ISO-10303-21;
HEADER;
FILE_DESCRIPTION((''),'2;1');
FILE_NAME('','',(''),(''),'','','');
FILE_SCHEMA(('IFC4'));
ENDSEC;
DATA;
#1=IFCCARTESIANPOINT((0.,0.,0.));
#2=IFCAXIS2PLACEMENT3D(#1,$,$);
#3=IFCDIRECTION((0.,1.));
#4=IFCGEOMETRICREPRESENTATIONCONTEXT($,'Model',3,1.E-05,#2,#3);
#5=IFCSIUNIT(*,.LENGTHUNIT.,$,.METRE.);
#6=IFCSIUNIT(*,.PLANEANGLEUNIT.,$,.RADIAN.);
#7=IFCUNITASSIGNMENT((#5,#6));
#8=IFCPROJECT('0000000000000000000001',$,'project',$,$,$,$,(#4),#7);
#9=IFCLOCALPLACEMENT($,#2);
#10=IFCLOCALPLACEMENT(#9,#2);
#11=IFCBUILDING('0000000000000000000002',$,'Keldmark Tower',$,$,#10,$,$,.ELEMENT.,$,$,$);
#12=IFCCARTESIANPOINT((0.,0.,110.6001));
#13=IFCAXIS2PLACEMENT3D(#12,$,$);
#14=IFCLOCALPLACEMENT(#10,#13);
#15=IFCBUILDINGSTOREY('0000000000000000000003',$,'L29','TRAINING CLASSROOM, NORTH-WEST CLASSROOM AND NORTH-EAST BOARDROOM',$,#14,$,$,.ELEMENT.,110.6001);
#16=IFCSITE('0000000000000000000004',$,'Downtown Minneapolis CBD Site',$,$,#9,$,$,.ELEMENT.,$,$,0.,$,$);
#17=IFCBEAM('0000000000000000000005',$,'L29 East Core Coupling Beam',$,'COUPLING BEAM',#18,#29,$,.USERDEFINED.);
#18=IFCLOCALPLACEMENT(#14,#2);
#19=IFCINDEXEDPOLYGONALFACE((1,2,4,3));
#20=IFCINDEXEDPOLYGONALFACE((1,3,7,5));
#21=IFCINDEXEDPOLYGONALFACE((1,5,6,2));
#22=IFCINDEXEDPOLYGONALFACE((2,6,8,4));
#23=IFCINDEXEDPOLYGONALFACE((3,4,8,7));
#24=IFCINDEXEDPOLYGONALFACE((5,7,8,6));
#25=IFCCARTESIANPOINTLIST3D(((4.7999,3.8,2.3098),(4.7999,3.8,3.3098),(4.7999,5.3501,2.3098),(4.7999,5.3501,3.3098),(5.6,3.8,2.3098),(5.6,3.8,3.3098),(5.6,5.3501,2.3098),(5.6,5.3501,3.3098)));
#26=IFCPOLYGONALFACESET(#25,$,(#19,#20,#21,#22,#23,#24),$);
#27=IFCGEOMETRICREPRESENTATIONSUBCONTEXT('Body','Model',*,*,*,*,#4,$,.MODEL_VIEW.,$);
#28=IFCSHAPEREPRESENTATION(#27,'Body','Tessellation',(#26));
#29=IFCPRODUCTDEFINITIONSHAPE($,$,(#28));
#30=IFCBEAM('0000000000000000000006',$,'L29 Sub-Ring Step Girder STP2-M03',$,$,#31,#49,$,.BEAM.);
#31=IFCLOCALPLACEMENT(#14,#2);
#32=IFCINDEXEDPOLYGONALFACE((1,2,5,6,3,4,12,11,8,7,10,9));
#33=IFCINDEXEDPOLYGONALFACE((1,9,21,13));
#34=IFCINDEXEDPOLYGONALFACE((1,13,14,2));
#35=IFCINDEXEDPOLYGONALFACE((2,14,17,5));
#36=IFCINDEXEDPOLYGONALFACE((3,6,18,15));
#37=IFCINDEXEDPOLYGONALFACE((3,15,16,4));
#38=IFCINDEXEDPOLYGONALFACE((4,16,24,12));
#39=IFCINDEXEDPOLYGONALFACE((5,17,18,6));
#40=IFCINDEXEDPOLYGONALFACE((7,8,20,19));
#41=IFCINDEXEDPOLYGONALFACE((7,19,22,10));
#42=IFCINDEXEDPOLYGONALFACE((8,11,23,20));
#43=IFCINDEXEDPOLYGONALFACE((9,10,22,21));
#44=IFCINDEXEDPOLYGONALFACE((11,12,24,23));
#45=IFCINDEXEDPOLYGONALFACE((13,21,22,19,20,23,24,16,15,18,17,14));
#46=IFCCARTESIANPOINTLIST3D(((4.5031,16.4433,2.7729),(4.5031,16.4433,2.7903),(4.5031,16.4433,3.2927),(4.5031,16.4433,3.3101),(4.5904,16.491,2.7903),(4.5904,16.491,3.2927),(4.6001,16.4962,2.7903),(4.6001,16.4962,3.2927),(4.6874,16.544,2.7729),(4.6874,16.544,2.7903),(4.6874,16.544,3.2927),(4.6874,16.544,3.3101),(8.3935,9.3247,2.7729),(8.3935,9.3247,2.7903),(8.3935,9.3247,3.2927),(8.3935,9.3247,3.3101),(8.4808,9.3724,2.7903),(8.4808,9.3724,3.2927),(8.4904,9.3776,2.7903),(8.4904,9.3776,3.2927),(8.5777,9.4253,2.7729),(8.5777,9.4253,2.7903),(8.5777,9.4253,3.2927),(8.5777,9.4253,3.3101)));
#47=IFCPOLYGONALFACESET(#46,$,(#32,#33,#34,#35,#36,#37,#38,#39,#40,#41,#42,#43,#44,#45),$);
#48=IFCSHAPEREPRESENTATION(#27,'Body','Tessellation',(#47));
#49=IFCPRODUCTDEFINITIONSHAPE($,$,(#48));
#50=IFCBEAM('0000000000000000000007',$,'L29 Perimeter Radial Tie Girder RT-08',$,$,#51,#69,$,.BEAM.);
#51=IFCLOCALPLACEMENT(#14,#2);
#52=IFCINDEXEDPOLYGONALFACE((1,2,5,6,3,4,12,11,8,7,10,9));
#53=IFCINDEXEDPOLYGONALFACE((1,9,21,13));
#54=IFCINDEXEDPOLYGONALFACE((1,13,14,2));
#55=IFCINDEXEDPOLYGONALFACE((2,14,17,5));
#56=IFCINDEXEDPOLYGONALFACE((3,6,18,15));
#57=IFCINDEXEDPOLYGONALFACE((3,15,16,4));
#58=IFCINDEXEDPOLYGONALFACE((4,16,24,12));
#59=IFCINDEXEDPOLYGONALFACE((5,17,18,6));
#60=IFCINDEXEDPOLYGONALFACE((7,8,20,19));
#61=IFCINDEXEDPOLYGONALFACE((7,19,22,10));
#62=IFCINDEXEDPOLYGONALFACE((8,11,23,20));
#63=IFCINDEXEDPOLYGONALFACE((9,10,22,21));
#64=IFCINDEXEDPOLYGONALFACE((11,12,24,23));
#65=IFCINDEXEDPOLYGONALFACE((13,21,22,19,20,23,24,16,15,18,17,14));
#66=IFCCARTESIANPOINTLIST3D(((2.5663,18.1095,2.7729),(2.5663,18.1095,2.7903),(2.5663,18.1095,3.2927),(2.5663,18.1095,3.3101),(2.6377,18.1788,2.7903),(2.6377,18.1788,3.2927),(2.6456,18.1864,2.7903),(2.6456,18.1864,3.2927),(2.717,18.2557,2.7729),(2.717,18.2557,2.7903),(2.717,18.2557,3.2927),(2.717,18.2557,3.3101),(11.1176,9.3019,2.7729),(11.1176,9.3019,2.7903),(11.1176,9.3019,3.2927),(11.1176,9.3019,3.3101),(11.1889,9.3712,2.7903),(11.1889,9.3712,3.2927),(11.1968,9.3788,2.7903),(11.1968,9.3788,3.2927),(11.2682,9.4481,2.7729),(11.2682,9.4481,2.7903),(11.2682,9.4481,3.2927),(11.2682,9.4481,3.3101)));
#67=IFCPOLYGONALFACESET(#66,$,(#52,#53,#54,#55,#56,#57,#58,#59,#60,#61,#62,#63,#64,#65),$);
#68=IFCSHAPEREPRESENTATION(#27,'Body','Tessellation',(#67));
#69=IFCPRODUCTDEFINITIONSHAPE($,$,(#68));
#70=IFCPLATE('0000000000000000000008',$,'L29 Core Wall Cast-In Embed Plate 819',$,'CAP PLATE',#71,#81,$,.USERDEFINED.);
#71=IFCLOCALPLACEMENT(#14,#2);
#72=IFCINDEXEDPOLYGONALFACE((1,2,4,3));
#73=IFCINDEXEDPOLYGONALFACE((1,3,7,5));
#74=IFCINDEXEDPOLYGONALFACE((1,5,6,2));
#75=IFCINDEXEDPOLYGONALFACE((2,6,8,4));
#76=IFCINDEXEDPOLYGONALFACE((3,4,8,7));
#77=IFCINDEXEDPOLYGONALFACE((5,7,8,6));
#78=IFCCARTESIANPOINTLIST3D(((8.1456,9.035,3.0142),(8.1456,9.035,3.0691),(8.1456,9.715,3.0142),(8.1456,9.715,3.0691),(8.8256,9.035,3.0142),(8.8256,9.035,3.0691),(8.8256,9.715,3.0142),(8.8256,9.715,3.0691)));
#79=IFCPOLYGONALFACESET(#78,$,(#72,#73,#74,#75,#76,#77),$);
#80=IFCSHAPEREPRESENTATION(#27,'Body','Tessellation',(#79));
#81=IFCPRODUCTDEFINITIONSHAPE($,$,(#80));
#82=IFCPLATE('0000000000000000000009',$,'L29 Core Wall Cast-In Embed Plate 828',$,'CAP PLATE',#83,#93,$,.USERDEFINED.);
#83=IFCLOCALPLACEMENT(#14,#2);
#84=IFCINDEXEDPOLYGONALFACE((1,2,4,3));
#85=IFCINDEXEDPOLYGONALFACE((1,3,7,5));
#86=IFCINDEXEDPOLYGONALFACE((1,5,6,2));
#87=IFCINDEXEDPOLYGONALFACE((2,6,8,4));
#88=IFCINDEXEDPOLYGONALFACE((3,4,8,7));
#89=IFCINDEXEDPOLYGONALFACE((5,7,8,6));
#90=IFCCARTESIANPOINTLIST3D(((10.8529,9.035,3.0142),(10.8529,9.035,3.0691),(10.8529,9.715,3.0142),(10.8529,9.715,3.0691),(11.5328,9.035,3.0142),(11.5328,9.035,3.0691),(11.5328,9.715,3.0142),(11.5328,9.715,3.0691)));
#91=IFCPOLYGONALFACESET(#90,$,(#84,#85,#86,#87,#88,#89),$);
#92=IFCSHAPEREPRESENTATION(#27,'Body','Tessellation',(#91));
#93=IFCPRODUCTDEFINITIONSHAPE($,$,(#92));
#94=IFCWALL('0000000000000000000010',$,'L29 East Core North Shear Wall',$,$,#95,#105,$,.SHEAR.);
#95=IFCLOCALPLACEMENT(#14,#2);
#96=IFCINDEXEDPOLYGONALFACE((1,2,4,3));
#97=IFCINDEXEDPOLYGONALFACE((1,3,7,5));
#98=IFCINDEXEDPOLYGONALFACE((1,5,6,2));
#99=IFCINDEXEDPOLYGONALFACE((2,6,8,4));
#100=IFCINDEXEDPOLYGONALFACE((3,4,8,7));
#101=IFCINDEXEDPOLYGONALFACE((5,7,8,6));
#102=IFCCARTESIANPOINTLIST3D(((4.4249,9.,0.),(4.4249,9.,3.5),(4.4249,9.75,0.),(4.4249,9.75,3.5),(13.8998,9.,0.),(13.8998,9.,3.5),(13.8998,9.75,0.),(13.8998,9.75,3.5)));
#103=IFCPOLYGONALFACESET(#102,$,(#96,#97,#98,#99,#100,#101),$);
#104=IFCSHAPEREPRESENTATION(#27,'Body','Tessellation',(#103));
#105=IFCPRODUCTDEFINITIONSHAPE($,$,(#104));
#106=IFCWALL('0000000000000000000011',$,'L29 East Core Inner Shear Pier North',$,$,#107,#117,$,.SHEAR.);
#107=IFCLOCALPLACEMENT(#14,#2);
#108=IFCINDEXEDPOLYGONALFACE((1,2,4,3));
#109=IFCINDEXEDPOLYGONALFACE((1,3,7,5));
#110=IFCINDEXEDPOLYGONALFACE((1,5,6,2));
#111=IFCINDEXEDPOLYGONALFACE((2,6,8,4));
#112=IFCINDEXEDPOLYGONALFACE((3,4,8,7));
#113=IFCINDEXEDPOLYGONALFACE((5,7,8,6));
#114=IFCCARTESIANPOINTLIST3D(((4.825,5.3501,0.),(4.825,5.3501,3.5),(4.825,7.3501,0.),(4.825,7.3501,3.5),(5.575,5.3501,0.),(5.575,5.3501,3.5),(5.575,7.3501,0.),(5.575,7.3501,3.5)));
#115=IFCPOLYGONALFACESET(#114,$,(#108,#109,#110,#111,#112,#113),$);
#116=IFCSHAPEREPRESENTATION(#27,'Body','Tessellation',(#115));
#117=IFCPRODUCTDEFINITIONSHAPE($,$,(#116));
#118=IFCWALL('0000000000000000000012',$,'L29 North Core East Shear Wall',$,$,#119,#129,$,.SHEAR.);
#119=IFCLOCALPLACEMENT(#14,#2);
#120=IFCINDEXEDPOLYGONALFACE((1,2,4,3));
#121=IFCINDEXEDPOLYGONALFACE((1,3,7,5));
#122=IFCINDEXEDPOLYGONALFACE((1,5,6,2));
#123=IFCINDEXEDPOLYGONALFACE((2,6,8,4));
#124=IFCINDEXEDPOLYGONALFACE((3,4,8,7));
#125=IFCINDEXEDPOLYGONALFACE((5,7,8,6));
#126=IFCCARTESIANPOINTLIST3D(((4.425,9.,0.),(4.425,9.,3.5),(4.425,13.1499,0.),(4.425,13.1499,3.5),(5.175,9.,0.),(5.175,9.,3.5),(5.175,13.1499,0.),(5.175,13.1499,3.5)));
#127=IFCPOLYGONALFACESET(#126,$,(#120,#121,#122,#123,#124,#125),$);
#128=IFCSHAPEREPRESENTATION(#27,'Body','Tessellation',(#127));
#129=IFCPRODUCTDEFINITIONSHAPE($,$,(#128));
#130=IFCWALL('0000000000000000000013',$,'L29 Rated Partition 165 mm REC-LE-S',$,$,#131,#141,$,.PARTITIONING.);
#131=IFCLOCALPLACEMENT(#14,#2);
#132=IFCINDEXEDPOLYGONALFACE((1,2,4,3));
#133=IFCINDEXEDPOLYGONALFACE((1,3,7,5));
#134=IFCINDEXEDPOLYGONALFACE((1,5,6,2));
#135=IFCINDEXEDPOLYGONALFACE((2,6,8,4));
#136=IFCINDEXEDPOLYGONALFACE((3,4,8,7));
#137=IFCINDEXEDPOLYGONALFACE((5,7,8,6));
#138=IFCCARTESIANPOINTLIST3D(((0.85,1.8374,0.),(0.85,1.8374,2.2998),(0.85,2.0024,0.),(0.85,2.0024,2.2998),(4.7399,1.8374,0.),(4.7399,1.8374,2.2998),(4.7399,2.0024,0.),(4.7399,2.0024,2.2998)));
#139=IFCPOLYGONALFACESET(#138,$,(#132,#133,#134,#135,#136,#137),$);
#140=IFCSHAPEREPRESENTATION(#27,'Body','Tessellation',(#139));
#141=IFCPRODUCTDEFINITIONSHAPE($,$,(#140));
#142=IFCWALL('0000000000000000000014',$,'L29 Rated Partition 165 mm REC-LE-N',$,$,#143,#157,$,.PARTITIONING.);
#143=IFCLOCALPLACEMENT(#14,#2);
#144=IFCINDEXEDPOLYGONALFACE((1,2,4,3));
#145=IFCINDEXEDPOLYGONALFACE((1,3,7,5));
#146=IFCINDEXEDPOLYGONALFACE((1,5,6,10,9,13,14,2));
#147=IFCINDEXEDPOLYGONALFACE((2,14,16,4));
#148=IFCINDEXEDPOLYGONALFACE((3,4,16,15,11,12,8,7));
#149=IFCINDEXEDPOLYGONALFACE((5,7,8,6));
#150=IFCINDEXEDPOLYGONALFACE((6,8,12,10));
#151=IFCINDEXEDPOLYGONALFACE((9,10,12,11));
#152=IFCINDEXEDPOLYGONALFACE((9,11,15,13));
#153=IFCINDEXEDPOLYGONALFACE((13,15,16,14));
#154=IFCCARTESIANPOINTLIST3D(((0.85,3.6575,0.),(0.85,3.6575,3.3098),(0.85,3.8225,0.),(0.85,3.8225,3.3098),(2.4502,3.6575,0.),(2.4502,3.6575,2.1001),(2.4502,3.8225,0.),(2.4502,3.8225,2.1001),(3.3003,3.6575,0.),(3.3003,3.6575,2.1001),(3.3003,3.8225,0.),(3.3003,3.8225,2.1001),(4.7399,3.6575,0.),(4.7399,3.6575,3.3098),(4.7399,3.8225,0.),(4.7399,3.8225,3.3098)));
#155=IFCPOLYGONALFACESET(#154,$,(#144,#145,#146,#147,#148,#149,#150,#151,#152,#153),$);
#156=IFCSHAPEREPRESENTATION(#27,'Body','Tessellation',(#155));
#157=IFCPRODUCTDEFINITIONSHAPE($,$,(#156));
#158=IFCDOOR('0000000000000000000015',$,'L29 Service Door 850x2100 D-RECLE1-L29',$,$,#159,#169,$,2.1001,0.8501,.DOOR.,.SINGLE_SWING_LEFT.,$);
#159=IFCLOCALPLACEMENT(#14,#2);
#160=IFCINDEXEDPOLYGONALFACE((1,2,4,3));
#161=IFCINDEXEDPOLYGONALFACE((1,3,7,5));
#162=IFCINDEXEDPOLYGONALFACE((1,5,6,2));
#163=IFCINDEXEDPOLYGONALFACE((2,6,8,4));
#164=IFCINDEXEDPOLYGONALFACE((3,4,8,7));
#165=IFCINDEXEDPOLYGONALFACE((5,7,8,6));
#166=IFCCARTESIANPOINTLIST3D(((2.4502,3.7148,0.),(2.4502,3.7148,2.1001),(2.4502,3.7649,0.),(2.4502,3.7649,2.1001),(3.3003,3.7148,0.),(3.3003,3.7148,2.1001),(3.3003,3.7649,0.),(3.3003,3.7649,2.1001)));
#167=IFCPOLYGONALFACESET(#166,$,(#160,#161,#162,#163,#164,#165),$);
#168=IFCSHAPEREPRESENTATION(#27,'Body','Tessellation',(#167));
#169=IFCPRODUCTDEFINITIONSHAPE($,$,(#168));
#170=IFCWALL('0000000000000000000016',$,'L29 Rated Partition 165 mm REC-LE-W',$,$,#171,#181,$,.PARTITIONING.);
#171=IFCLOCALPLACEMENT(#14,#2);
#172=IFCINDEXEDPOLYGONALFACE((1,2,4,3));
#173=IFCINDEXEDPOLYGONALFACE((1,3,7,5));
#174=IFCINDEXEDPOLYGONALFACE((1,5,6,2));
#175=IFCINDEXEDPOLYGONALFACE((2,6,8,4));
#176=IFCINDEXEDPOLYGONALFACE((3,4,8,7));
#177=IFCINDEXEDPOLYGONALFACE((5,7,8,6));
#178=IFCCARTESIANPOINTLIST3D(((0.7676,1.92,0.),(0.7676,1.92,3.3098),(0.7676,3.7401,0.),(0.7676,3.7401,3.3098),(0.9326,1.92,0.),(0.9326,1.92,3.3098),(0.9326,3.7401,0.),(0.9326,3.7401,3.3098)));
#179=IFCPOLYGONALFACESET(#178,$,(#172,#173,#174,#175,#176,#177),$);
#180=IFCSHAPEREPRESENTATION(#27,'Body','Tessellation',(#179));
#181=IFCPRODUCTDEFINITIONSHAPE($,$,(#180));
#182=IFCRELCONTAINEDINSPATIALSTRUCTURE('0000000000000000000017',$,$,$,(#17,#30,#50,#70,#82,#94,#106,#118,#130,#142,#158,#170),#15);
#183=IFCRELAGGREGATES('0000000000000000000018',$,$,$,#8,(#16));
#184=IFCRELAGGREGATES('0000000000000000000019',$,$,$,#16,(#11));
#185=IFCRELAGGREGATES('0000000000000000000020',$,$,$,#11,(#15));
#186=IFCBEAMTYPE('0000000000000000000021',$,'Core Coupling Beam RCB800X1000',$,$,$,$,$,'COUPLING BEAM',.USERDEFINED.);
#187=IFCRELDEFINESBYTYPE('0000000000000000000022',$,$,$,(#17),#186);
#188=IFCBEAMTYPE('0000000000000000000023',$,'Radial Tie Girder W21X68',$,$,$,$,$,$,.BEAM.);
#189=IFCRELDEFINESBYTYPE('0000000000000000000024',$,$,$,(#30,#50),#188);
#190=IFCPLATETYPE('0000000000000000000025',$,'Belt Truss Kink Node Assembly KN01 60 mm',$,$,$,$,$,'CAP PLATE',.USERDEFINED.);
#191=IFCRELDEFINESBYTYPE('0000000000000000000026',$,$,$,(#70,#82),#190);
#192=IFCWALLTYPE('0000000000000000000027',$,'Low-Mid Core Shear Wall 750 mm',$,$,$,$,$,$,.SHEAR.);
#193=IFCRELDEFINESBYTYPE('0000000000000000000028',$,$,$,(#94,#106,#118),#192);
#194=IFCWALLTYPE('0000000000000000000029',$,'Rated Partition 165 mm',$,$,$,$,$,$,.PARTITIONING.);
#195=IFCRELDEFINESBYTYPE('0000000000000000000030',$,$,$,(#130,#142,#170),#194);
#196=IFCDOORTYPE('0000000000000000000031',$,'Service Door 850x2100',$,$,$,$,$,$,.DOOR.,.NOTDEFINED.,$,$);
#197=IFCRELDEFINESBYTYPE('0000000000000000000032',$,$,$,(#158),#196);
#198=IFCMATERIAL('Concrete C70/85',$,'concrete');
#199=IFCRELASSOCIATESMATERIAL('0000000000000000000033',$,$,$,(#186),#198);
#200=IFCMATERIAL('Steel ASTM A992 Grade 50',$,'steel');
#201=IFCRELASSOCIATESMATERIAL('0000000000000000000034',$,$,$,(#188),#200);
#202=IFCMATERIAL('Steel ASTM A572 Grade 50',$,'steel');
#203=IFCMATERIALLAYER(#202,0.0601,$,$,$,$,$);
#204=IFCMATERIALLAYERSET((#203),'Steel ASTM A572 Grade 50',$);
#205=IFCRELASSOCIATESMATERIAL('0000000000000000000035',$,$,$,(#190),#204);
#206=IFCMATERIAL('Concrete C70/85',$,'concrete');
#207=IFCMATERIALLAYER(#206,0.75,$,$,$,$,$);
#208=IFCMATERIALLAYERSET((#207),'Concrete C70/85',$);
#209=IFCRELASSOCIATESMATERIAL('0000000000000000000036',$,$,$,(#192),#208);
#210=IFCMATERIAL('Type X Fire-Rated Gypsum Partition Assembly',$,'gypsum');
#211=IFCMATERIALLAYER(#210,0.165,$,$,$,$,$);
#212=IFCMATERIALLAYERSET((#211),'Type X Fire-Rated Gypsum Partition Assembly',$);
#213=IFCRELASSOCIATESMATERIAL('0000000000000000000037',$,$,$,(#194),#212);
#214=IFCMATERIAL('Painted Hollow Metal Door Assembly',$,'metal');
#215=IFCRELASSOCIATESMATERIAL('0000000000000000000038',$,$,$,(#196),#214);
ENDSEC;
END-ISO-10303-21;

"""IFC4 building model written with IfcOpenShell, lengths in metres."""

from ifc_helpers import new_model, si_unit, direction, frame, frame_2d, origin, origin_2d, place, context, subcontext, project, spatial, rectangle, i_section, extrude, material, layer, layer_set, material_profile, profile_set, type_object, element, fill, save


model = new_model("IFC4")

# Units and contexts
model_context = context("Model", 3, precision=1e-05, world=origin(), true_north=direction((0.0, 1.0)))
body_context = subcontext(model_context, "Body", "Model", "MODEL_VIEW")
ifc_project = project(units=[si_unit("LENGTHUNIT", "METRE"), si_unit("PLANEANGLEUNIT", "RADIAN")], contexts=[model_context])

# Site, building, storey
site_placement = place(None, origin())
site = spatial("IfcSite", under=ifc_project, at=site_placement, Name="Downtown Minneapolis CBD Site", CompositionType="ELEMENT", RefElevation=0.0)
building_placement = place(site_placement, origin())
building = spatial("IfcBuilding", under=site, at=building_placement, Name="Keldmark Tower", CompositionType="ELEMENT")
storey_placement = place(building_placement, frame((0.0, 0.0, 110.6001)))
storey = spatial("IfcBuildingStorey", under=building, at=storey_placement, Name="L29", Description="TRAINING CLASSROOM, NORTH-WEST CLASSROOM AND NORTH-EAST BOARDROOM", CompositionType="ELEMENT", Elevation=110.6001)

# Beams
ifc_material_1 = material(Name="Concrete C70/85", Category="concrete")
ifc_material_profile_1 = material_profile(ifc_material_1, rectangle(XDim=0.8, YDim=1.0, at=origin_2d()), Name="RCB800X1000")
ifc_profile_set_1 = profile_set([ifc_material_profile_1], Name="Concrete C70/85")
beam_type_1 = type_object("IfcBeamType", Name="Core Coupling Beam RCB800X1000", ElementType="COUPLING BEAM", PredefinedType="USERDEFINED", material=ifc_profile_set_1)
beam_1_placement = place(storey_placement, frame((5.2, 3.8, 2.8098), z_axis=(0.0, 1.0, 0.0), x_axis=(-1.0, 0.0, 0.0)))
element("IfcBeam", 1, at=beam_1_placement, inside=storey, type_object=beam_type_1, Name="L29 East Core Coupling Beam", ObjectType="COUPLING BEAM", PredefinedType="USERDEFINED", context=body_context, shape_type="SweptSolid", body=[
    extrude(rectangle(XDim=0.8, YDim=1.0, at=origin_2d()), origin(), (0.0, 0.0, 1.0), 1.55),
])
ifc_material_2 = material(Name="Steel ASTM A992 Grade 50", Category="steel")
ifc_material_profile_2 = material_profile(ifc_material_2, i_section(OverallWidth=0.21, OverallDepth=0.5371, WebThickness=0.011, FlangeThickness=0.0173, at=origin_2d()), Name="W21X68")
ifc_profile_set_2 = profile_set([ifc_material_profile_2], Name="Steel ASTM A992 Grade 50")
beam_type_2 = type_object("IfcBeamType", Name="Radial Tie Girder W21X68", PredefinedType="BEAM", material=ifc_profile_set_2)
beam_2_placement = place(storey_placement, frame((8.4856, 9.375, 3.0415), z_axis=(-0.479563, 0.877508, 0.0), x_axis=(-0.877508, -0.479563, 0.0)))
element("IfcBeam", 2, at=beam_2_placement, inside=storey, type_object=beam_type_2, Name="L29 Sub-Ring Step Girder STP2-M03", PredefinedType="BEAM", context=body_context, shape_type="SweptSolid", body=[
    extrude(i_section(OverallWidth=0.21, OverallDepth=0.5371, WebThickness=0.011, FlangeThickness=0.0173, at=origin_2d()), origin(), (0.0, 0.0, 1.0), 8.1123),
])
beam_3_placement = place(storey_placement, frame((11.1929, 9.375, 3.0415), z_axis=(-0.696589, 0.717471, 0.0), x_axis=(-0.717471, -0.696589, 0.0)))
element("IfcBeam", 3, at=beam_3_placement, inside=storey, type_object=beam_type_2, Name="L29 Perimeter Radial Tie Girder RT-08", PredefinedType="BEAM", context=body_context, shape_type="SweptSolid", body=[
    extrude(i_section(OverallWidth=0.21, OverallDepth=0.5371, WebThickness=0.011, FlangeThickness=0.0173, at=origin_2d()), origin(), (0.0, 0.0, 1.0), 12.2759),
])

# Plates
ifc_material_3 = material(Name="Steel ASTM A572 Grade 50", Category="steel")
ifc_layer_1 = layer(ifc_material_3, 0.0601)
ifc_layer_set_1 = layer_set([ifc_layer_1], Name="Steel ASTM A572 Grade 50")
plate_type = type_object("IfcPlateType", Name="Belt Truss Kink Node Assembly KN01 60 mm", ElementType="CAP PLATE", PredefinedType="USERDEFINED", material=ifc_layer_set_1)
for number, where, z_axis, x_axis, name in (
    (4, (8.4856, 9.375, 3.0142), (0.0, 0.0, 1.0), (1.0, 0.0, 0.0), "L29 Core Wall Cast-In Embed Plate 819"),
    (5, (11.1929, 9.375, 3.0142), (0.0, 0.0, 1.0), (1.0, 0.0, 0.0), "L29 Core Wall Cast-In Embed Plate 828"),
):
    element("IfcPlate", number, at=place(storey_placement, frame(where, z_axis=z_axis, x_axis=x_axis)), inside=storey, type_object=plate_type, Name=name, ObjectType="CAP PLATE", PredefinedType="USERDEFINED", context=body_context, shape_type="SweptSolid", body=[
        extrude(rectangle(XDim=0.6799, YDim=0.6799, at=origin_2d()), origin(), (0.0, 0.0, 1.0), 0.0549),
    ])

# Walls
ifc_material_4 = material(Name="Concrete C70/85", Category="concrete")
ifc_layer_2 = layer(ifc_material_4, 0.75)
ifc_layer_set_2 = layer_set([ifc_layer_2], Name="Concrete C70/85")
wall_type_1 = type_object("IfcWallType", Name="Low-Mid Core Shear Wall 750 mm", PredefinedType="SHEAR", material=ifc_layer_set_2)
wall_1_placement = place(storey_placement, frame((4.425, 9.375, 0.0), z_axis=(0.0, 0.0, 1.0), x_axis=(1.0, 0.0, 0.0)))
element("IfcWall", 6, at=wall_1_placement, inside=storey, type_object=wall_type_1, Name="L29 East Core North Shear Wall", PredefinedType="SHEAR", context=body_context, shape_type="SweptSolid", body=[
    extrude(rectangle(XDim=9.4749, YDim=0.75, at=frame_2d((4.7373, 0.0))), origin(), (0.0, 0.0, 1.0), 3.5),
])
wall_2_placement = place(storey_placement, frame((5.2, 5.3501, 0.0), z_axis=(0.0, 0.0, 1.0), x_axis=(0.0, 1.0, 0.0)))
element("IfcWall", 7, at=wall_2_placement, inside=storey, type_object=wall_type_1, Name="L29 East Core Inner Shear Pier North", PredefinedType="SHEAR", context=body_context, shape_type="SweptSolid", body=[
    extrude(rectangle(XDim=2.0, YDim=0.75, at=frame_2d((1.0, 0.0))), origin(), (0.0, 0.0, 1.0), 3.5),
])
wall_3_placement = place(storey_placement, frame((4.8, 9.0, 0.0), z_axis=(0.0, 0.0, 1.0), x_axis=(0.0, 1.0, 0.0)))
element("IfcWall", 8, at=wall_3_placement, inside=storey, type_object=wall_type_1, Name="L29 North Core East Shear Wall", PredefinedType="SHEAR", context=body_context, shape_type="SweptSolid", body=[
    extrude(rectangle(XDim=4.1499, YDim=0.75, at=frame_2d((2.075, 0.0))), origin(), (0.0, 0.0, 1.0), 3.5),
])
ifc_material_5 = material(Name="Type X Fire-Rated Gypsum Partition Assembly", Category="gypsum")
ifc_layer_3 = layer(ifc_material_5, 0.165)
ifc_layer_set_3 = layer_set([ifc_layer_3], Name="Type X Fire-Rated Gypsum Partition Assembly")
wall_type_2 = type_object("IfcWallType", Name="Rated Partition 165 mm", PredefinedType="PARTITIONING", material=ifc_layer_set_3)
wall_4_placement = place(storey_placement, frame((0.8501, 1.9199, 0.0), z_axis=(0.0, 0.0, 1.0), x_axis=(1.0, 0.0, 0.0)))
element("IfcWall", 9, at=wall_4_placement, inside=storey, type_object=wall_type_2, Name="L29 Rated Partition 165 mm REC-LE-S", PredefinedType="PARTITIONING", context=body_context, shape_type="SweptSolid", body=[
    extrude(rectangle(XDim=3.8899, YDim=0.165, at=frame_2d((1.9448, 0.0))), origin(), (0.0, 0.0, 1.0), 2.2998),
])

# Wall, opening, door
wall_5_placement = place(storey_placement, frame((0.8501, 3.74, 0.0), z_axis=(0.0, 0.0, 1.0), x_axis=(1.0, 0.0, 0.0)))
wall_5 = element("IfcWall", 10, at=wall_5_placement, inside=storey, type_object=wall_type_2, Name="L29 Rated Partition 165 mm REC-LE-N", PredefinedType="PARTITIONING", context=body_context, shape_type="SweptSolid", body=[
    extrude(rectangle(XDim=3.8899, YDim=0.165, at=frame_2d((1.9448, 0.0))), origin(), (0.0, 0.0, 1.0), 3.3098),
])
opening_1_placement = place(wall_5_placement, frame((1.6001, 0.0, 0.0)))
opening_1 = element("IfcOpeningElement", 11, at=opening_1_placement, cuts=wall_5, PredefinedType="OPENING", context=body_context, shape_type="SweptSolid", body=[
    extrude(rectangle(XDim=0.8501, YDim=2.1001, at=frame_2d((0.425, 1.05))), frame((0.0, 0.0925, 0.0), z_axis=(0.0, -1.0, 0.0), x_axis=(1.0, 0.0, 0.0)), (0.0, 0.0, 1.0), 0.1851),
])
ifc_material_6 = material(Name="Painted Hollow Metal Door Assembly", Category="metal")
door_type_1 = type_object("IfcDoorType", Name="Service Door 850x2100", OperationType="NOTDEFINED", PredefinedType="DOOR", material=ifc_material_6)
door_1_placement = place(opening_1_placement, origin())
door_1 = element("IfcDoor", 12, at=door_1_placement, inside=storey, type_object=door_type_1, Name="L29 Service Door 850x2100 D-RECLE1-L29", OperationType="SINGLE_SWING_LEFT", OverallHeight=2.1001, OverallWidth=0.8501, PredefinedType="DOOR", context=body_context, shape_type="SweptSolid", body=[
    extrude(rectangle(XDim=0.8501, YDim=2.1001, at=frame_2d((0.425, 1.05))), frame((0.0, 0.0249, 0.0), z_axis=(0.0, -1.0, 0.0), x_axis=(1.0, 0.0, 0.0)), (0.0, 0.0, 1.0), 0.05),
])
fill(opening_1, door_1)

# Wall
wall_6_placement = place(storey_placement, frame((0.8501, 1.9199, 0.0), z_axis=(0.0, 0.0, 1.0), x_axis=(0.0, 1.0, 0.0)))
element("IfcWall", 13, at=wall_6_placement, inside=storey, type_object=wall_type_2, Name="L29 Rated Partition 165 mm REC-LE-W", PredefinedType="PARTITIONING", context=body_context, shape_type="SweptSolid", body=[
    extrude(rectangle(XDim=1.8201, YDim=0.165, at=frame_2d((0.9102, 0.0))), origin(), (0.0, 0.0, 1.0), 3.3098),
])

save(model, "model.ifc")
